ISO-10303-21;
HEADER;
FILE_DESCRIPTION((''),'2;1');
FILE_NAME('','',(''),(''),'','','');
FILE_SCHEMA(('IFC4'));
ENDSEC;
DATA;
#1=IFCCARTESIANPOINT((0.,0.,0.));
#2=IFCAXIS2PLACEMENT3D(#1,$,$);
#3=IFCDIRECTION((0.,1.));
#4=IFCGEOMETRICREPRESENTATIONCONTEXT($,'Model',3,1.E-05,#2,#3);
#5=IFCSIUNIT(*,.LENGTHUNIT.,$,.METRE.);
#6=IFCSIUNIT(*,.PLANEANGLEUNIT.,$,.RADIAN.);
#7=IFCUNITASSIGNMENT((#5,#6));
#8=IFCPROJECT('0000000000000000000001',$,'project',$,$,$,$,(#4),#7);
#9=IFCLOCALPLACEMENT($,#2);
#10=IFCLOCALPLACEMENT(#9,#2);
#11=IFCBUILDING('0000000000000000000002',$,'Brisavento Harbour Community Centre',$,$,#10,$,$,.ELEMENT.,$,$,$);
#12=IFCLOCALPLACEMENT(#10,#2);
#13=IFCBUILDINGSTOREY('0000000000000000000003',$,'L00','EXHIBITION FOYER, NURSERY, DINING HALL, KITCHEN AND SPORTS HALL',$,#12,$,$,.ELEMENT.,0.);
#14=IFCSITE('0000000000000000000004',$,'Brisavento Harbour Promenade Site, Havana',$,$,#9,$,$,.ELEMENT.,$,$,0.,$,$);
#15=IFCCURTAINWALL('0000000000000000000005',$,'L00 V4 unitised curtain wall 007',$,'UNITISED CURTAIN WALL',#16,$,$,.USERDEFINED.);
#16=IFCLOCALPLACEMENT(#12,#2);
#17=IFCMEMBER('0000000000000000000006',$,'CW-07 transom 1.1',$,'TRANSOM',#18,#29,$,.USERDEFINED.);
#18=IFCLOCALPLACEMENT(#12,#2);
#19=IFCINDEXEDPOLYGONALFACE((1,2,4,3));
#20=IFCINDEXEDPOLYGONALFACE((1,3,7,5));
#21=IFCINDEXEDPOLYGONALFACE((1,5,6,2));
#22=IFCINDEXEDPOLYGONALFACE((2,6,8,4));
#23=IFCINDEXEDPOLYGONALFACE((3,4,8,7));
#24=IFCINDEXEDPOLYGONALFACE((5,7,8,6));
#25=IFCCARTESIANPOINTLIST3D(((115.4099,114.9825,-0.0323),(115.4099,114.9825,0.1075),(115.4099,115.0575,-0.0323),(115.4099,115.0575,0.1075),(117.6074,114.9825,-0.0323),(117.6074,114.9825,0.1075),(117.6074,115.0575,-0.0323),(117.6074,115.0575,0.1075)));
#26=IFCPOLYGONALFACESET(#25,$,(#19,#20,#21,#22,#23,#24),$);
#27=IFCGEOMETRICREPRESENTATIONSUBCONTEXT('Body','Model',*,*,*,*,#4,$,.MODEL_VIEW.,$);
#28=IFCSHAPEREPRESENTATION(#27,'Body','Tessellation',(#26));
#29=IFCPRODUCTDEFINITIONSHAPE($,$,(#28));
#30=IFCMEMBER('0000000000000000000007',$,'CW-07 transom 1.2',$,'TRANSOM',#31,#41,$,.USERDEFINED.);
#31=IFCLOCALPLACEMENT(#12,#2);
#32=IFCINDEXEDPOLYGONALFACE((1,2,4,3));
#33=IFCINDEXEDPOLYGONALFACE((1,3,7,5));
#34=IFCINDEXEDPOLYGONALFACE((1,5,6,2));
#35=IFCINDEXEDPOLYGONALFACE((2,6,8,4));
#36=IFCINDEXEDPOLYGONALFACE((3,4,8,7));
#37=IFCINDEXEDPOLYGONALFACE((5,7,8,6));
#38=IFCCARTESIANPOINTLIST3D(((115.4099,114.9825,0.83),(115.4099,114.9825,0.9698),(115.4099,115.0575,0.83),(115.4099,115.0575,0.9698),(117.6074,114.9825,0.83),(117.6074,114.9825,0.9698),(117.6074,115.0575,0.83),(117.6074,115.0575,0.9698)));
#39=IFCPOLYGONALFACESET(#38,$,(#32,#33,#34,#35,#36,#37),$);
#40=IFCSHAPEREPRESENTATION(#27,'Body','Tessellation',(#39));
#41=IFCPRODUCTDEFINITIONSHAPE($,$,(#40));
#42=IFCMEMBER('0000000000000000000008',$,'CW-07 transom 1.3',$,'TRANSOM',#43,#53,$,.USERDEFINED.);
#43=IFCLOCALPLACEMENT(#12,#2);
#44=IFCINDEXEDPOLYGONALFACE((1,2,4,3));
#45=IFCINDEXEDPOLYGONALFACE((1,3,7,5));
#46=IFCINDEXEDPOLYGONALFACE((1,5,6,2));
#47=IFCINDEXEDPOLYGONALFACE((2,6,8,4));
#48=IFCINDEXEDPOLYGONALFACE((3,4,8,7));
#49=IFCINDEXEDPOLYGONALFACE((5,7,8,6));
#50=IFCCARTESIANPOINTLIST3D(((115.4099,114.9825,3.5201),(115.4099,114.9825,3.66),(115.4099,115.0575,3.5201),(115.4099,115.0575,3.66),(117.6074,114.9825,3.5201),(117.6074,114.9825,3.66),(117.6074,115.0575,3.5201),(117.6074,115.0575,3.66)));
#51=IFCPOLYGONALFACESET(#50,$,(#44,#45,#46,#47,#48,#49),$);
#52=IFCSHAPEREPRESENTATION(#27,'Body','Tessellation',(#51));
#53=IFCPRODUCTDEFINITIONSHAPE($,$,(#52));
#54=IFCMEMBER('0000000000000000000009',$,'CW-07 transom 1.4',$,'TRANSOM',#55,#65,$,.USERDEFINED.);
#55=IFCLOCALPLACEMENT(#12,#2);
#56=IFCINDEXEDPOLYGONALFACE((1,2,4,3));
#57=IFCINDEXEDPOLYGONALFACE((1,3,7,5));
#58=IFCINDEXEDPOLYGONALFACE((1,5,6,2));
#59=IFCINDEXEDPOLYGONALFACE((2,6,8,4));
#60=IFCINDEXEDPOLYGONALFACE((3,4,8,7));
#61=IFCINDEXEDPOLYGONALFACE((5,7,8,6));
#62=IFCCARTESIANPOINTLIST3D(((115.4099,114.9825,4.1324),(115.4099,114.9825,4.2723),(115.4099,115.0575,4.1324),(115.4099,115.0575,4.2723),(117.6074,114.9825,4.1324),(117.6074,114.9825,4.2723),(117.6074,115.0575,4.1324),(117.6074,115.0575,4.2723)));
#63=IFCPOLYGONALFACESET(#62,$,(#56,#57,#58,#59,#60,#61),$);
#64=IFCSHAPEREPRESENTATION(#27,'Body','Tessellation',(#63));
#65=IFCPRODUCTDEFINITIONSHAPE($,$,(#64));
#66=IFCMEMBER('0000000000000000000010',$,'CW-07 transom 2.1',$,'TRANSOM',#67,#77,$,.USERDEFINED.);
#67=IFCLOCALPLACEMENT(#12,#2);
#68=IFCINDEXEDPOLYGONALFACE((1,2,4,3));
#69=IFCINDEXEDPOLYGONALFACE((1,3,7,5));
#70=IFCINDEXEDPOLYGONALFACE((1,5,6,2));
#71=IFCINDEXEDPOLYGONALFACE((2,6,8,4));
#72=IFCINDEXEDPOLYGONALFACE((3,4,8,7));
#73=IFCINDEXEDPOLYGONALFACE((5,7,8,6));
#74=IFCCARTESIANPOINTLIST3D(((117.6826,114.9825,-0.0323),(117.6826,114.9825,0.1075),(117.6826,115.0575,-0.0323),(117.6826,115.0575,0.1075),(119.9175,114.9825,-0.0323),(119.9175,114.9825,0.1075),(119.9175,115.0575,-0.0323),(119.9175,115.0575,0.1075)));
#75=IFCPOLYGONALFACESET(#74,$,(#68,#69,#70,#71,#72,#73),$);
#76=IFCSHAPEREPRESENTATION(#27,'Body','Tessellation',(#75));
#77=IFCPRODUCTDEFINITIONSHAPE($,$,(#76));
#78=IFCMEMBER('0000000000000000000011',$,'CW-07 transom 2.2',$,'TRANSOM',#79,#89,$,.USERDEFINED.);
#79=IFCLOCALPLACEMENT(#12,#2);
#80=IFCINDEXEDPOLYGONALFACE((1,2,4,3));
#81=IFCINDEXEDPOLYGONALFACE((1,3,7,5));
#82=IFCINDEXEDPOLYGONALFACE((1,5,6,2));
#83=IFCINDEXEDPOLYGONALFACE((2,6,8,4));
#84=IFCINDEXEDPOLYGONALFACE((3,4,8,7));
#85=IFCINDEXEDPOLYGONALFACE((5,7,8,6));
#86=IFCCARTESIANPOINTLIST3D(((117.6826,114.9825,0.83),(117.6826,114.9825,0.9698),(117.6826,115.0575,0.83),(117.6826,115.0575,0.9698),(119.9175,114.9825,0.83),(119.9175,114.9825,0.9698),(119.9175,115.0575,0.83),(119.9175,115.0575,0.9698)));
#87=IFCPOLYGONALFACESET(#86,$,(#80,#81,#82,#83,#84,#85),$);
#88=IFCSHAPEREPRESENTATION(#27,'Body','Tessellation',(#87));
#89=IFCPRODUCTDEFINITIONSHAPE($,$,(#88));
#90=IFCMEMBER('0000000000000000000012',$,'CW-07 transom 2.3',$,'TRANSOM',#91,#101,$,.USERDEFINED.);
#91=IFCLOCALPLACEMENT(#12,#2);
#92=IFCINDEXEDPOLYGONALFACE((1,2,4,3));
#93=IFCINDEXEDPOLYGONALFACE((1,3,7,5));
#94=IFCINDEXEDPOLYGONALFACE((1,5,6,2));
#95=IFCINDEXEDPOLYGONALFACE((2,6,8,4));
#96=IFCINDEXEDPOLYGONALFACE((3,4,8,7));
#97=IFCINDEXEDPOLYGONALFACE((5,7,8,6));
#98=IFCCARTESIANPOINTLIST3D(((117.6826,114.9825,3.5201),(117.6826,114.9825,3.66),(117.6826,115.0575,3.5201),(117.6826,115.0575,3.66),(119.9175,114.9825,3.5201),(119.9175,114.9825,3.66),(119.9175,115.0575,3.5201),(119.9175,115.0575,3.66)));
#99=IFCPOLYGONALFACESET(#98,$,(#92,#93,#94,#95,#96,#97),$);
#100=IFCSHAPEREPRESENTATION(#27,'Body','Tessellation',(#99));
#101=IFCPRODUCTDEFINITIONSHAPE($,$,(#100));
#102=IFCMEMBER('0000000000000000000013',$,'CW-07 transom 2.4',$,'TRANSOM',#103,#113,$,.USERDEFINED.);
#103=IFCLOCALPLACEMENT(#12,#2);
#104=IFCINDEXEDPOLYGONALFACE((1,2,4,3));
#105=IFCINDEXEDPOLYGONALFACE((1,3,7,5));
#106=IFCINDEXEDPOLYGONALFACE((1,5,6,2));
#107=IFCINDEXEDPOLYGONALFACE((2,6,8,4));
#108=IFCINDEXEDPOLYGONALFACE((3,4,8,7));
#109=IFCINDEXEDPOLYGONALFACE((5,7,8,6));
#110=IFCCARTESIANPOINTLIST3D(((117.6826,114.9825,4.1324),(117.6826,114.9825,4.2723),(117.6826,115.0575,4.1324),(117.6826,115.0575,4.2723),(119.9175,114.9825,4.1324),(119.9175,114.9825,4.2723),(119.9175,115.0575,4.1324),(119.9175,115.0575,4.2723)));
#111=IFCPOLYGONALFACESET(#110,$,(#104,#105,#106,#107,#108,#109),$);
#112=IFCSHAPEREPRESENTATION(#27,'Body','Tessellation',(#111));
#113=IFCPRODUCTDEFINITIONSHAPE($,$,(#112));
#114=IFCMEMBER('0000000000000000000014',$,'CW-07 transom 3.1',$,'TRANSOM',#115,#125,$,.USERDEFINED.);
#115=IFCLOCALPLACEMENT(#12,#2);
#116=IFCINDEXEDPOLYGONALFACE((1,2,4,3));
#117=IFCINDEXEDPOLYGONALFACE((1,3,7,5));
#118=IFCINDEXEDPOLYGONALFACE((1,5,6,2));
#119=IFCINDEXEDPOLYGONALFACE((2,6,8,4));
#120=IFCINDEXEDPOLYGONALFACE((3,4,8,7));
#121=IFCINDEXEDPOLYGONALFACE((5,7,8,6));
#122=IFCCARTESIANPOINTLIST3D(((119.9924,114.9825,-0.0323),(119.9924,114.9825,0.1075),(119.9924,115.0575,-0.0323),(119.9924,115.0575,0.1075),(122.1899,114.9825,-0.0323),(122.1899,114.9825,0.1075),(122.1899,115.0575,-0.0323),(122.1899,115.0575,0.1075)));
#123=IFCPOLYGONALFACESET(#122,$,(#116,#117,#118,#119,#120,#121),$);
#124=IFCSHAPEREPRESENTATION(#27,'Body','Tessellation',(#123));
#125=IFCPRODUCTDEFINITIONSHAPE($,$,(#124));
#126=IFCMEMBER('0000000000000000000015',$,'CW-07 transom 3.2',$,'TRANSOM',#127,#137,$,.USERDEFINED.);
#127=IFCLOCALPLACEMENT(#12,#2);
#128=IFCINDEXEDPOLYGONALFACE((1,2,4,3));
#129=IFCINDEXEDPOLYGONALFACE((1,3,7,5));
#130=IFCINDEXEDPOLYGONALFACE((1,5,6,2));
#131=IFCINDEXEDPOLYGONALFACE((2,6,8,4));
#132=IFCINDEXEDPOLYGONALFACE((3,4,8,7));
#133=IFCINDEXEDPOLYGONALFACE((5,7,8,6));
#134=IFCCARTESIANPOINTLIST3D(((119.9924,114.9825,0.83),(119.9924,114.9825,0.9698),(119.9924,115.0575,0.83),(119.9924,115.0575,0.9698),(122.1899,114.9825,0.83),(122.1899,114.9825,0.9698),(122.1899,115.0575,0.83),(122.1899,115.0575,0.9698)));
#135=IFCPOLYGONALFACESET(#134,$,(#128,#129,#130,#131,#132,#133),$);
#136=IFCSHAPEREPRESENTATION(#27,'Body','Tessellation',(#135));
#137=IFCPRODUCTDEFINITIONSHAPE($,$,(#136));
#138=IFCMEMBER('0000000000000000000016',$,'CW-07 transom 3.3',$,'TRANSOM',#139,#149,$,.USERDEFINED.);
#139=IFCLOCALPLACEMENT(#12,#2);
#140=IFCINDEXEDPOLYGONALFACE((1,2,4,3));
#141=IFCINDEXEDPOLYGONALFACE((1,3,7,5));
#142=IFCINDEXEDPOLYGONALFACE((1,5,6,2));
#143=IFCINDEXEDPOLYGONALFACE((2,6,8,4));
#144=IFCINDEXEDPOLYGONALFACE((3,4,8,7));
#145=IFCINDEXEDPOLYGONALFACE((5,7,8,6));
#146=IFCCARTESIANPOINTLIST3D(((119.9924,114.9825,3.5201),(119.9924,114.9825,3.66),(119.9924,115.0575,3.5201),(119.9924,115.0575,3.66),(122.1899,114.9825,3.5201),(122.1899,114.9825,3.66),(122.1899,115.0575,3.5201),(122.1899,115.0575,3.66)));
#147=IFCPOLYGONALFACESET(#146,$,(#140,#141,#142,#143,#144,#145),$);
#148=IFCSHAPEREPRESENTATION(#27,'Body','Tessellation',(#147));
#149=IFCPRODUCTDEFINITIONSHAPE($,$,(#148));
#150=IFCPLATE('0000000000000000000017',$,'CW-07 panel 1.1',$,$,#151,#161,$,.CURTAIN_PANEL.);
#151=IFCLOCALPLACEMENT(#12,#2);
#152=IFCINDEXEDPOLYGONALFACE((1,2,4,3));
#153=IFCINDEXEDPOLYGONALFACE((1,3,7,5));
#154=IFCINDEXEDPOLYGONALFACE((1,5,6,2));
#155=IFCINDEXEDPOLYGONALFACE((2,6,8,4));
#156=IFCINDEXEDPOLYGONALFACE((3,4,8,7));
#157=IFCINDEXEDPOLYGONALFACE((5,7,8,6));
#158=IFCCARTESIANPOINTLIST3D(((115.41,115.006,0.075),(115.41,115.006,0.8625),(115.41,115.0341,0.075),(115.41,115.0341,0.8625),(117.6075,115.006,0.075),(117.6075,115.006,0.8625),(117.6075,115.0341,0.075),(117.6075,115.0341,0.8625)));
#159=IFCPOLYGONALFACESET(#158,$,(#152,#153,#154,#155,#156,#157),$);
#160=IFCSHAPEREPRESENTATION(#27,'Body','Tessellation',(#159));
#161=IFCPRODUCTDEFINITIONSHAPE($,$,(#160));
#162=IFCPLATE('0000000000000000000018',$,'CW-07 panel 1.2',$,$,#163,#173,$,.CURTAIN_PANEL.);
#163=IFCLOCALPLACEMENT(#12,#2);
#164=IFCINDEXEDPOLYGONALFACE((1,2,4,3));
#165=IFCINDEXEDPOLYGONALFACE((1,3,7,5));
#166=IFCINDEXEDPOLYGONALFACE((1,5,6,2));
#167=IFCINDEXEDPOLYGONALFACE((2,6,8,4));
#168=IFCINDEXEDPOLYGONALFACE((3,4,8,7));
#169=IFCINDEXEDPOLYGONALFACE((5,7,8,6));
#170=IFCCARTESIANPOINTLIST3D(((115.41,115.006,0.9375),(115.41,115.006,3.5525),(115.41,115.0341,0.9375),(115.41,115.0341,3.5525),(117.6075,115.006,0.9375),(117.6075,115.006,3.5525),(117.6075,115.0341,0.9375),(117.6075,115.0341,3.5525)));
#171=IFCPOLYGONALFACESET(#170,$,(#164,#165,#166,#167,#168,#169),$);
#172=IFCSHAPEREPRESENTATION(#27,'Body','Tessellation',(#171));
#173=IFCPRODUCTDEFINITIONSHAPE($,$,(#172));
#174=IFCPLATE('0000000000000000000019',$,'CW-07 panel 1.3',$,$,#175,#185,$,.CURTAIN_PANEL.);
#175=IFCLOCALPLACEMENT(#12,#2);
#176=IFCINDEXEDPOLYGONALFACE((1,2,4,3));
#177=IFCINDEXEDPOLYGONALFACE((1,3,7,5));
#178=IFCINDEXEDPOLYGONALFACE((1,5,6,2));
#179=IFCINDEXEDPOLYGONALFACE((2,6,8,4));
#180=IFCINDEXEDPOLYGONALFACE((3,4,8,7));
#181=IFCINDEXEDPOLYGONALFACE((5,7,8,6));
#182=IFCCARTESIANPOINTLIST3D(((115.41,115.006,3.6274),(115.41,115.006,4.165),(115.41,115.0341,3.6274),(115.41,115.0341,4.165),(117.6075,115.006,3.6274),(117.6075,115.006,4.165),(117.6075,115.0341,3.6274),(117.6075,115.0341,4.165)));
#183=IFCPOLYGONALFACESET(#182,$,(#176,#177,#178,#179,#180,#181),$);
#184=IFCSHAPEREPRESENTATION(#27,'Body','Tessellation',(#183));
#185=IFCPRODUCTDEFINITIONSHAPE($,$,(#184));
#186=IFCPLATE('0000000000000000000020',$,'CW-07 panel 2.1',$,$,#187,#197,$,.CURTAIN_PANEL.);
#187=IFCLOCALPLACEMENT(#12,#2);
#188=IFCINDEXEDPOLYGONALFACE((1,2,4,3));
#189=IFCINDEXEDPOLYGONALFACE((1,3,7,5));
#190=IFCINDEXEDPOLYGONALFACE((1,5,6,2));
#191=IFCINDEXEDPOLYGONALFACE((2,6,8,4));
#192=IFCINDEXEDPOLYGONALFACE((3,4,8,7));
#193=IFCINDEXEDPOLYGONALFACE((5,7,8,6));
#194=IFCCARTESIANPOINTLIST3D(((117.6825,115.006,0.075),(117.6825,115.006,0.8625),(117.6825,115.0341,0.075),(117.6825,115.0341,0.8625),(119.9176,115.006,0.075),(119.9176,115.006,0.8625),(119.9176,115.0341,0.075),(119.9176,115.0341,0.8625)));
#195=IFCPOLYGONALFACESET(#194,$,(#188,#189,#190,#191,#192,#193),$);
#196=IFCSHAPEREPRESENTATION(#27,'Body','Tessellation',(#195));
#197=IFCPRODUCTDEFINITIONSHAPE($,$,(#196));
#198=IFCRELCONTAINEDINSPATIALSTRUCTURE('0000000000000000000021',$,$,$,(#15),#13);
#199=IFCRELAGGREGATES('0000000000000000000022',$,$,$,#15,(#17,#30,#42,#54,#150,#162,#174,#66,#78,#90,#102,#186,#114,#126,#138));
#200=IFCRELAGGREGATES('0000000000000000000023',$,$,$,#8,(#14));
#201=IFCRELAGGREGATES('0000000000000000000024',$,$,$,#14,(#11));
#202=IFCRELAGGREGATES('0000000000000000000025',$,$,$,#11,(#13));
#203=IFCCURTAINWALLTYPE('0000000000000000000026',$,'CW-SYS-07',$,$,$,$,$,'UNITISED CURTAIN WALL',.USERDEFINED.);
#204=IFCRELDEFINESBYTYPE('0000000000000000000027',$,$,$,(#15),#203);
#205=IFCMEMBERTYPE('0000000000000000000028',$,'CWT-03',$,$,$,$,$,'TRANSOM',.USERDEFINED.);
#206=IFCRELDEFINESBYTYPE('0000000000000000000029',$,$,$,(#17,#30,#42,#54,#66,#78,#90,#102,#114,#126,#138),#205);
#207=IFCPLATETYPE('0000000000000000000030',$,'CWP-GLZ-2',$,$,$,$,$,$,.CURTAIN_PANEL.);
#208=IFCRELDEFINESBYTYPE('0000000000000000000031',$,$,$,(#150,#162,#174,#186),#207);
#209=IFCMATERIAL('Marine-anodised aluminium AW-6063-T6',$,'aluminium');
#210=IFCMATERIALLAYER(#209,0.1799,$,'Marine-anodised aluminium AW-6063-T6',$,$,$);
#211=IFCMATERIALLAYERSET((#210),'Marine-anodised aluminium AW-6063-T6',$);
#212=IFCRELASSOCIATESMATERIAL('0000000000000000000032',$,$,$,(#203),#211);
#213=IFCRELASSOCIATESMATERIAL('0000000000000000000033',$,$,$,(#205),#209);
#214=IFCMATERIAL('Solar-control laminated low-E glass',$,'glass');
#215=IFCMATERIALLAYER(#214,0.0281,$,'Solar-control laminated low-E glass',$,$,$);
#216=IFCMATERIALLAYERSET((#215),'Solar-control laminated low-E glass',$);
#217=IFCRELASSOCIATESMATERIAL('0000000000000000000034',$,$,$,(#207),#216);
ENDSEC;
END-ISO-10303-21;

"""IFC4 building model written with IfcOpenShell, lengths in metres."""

from ifc_helpers import new_model, si_unit, direction, frame, origin, origin_2d, place, context, subcontext, project, spatial, rectangle, extrude, material, layer, layer_set, material_profile, profile_set, type_object, element, aggregate, save


model = new_model("IFC4")

# Units and contexts
model_context = context("Model", 3, precision=1e-05, world=origin(), true_north=direction((0.0, 1.0)))
body_context = subcontext(model_context, "Body", "Model", "MODEL_VIEW")
ifc_project = project(units=[si_unit("LENGTHUNIT", "METRE"), si_unit("PLANEANGLEUNIT", "RADIAN")], contexts=[model_context])

# Site, building, storey
site_placement = place(None, origin())
site = spatial("IfcSite", under=ifc_project, at=site_placement, Name="Brisavento Harbour Promenade Site, Havana", CompositionType="ELEMENT", RefElevation=0.0)
building_placement = place(site_placement, origin())
building = spatial("IfcBuilding", under=site, at=building_placement, Name="Brisavento Harbour Community Centre", CompositionType="ELEMENT")
storey_placement = place(building_placement, origin())
storey = spatial("IfcBuildingStorey", under=building, at=storey_placement, Name="L00", Description="EXHIBITION FOYER, NURSERY, DINING HALL, KITCHEN AND SPORTS HALL", CompositionType="ELEMENT", Elevation=0.0)

# Curtain wall, members, plates
ifc_material_1 = material(Name="Marine-anodised aluminium AW-6063-T6", Category="aluminium")
ifc_layer_1 = layer(ifc_material_1, 0.1799, Name="Marine-anodised aluminium AW-6063-T6")
ifc_layer_set_1 = layer_set([ifc_layer_1], Name="Marine-anodised aluminium AW-6063-T6")
curtain_wall_type = type_object("IfcCurtainWallType", Name="CW-SYS-07", ElementType="UNITISED CURTAIN WALL", PredefinedType="USERDEFINED", material=ifc_layer_set_1)
curtain_wall_placement = place(storey_placement, origin())
curtain_wall = element("IfcCurtainWall", 1, at=curtain_wall_placement, inside=storey, type_object=curtain_wall_type, Name="L00 V4 unitised curtain wall 007", ObjectType="UNITISED CURTAIN WALL", PredefinedType="USERDEFINED")
ifc_material_profile_1 = material_profile(ifc_material_1, rectangle(XDim=0.075, YDim=0.1399, at=origin_2d()), Name="Marine-anodised aluminium AW-6063-T6")
ifc_profile_set_1 = profile_set([ifc_material_profile_1], Name="Marine-anodised aluminium AW-6063-T6")
member_type_1 = type_object("IfcMemberType", Name="CWT-03", ElementType="TRANSOM", PredefinedType="USERDEFINED", material=ifc_profile_set_1)
member_1_placement = place(storey_placement, frame((115.4099, 115.02, 0.0376), z_axis=(1.0, 0.0, 0.0), x_axis=(0.0, 1.0, 0.0)))
member_1 = element("IfcMember", 2, at=member_1_placement, type_object=member_type_1, Name="CW-07 transom 1.1", ObjectType="TRANSOM", PredefinedType="USERDEFINED", context=body_context, shape_type="SweptSolid", body=[
    extrude(rectangle(XDim=0.075, YDim=0.1399, at=origin_2d()), origin(), (0.0, 0.0, 1.0), 2.1975),
])
member_2_placement = place(storey_placement, frame((115.4099, 115.02, 0.8999), z_axis=(1.0, 0.0, 0.0), x_axis=(0.0, 1.0, 0.0)))
member_2 = element("IfcMember", 3, at=member_2_placement, type_object=member_type_1, Name="CW-07 transom 1.2", ObjectType="TRANSOM", PredefinedType="USERDEFINED", context=body_context, shape_type="SweptSolid", body=[
    extrude(rectangle(XDim=0.075, YDim=0.1399, at=origin_2d()), origin(), (0.0, 0.0, 1.0), 2.1975),
])
member_3_placement = place(storey_placement, frame((115.4099, 115.02, 3.5901), z_axis=(1.0, 0.0, 0.0), x_axis=(0.0, 1.0, 0.0)))
member_3 = element("IfcMember", 4, at=member_3_placement, type_object=member_type_1, Name="CW-07 transom 1.3", ObjectType="TRANSOM", PredefinedType="USERDEFINED", context=body_context, shape_type="SweptSolid", body=[
    extrude(rectangle(XDim=0.075, YDim=0.1399, at=origin_2d()), origin(), (0.0, 0.0, 1.0), 2.1975),
])
member_4_placement = place(storey_placement, frame((115.4099, 115.02, 4.2024), z_axis=(1.0, 0.0, 0.0), x_axis=(0.0, 1.0, 0.0)))
member_4 = element("IfcMember", 5, at=member_4_placement, type_object=member_type_1, Name="CW-07 transom 1.4", ObjectType="TRANSOM", PredefinedType="USERDEFINED", context=body_context, shape_type="SweptSolid", body=[
    extrude(rectangle(XDim=0.075, YDim=0.1399, at=origin_2d()), origin(), (0.0, 0.0, 1.0), 2.1975),
])
member_5_placement = place(storey_placement, frame((117.6826, 115.02, 0.0376), z_axis=(1.0, 0.0, 0.0), x_axis=(0.0, 1.0, 0.0)))
member_5 = element("IfcMember", 6, at=member_5_placement, type_object=member_type_1, Name="CW-07 transom 2.1", ObjectType="TRANSOM", PredefinedType="USERDEFINED", context=body_context, shape_type="SweptSolid", body=[
    extrude(rectangle(XDim=0.075, YDim=0.1399, at=origin_2d()), origin(), (0.0, 0.0, 1.0), 2.2349),
])
member_6_placement = place(storey_placement, frame((117.6826, 115.02, 0.8999), z_axis=(1.0, 0.0, 0.0), x_axis=(0.0, 1.0, 0.0)))
member_6 = element("IfcMember", 7, at=member_6_placement, type_object=member_type_1, Name="CW-07 transom 2.2", ObjectType="TRANSOM", PredefinedType="USERDEFINED", context=body_context, shape_type="SweptSolid", body=[
    extrude(rectangle(XDim=0.075, YDim=0.1399, at=origin_2d()), origin(), (0.0, 0.0, 1.0), 2.2349),
])
member_7_placement = place(storey_placement, frame((117.6826, 115.02, 3.5901), z_axis=(1.0, 0.0, 0.0), x_axis=(0.0, 1.0, 0.0)))
member_7 = element("IfcMember", 8, at=member_7_placement, type_object=member_type_1, Name="CW-07 transom 2.3", ObjectType="TRANSOM", PredefinedType="USERDEFINED", context=body_context, shape_type="SweptSolid", body=[
    extrude(rectangle(XDim=0.075, YDim=0.1399, at=origin_2d()), origin(), (0.0, 0.0, 1.0), 2.2349),
])
member_8_placement = place(storey_placement, frame((117.6826, 115.02, 4.2024), z_axis=(1.0, 0.0, 0.0), x_axis=(0.0, 1.0, 0.0)))
member_8 = element("IfcMember", 9, at=member_8_placement, type_object=member_type_1, Name="CW-07 transom 2.4", ObjectType="TRANSOM", PredefinedType="USERDEFINED", context=body_context, shape_type="SweptSolid", body=[
    extrude(rectangle(XDim=0.075, YDim=0.1399, at=origin_2d()), origin(), (0.0, 0.0, 1.0), 2.2349),
])
member_9_placement = place(storey_placement, frame((119.9924, 115.02, 0.0376), z_axis=(1.0, 0.0, 0.0), x_axis=(0.0, 1.0, 0.0)))
member_9 = element("IfcMember", 10, at=member_9_placement, type_object=member_type_1, Name="CW-07 transom 3.1", ObjectType="TRANSOM", PredefinedType="USERDEFINED", context=body_context, shape_type="SweptSolid", body=[
    extrude(rectangle(XDim=0.075, YDim=0.1399, at=origin_2d()), origin(), (0.0, 0.0, 1.0), 2.1975),
])
member_10_placement = place(storey_placement, frame((119.9924, 115.02, 0.8999), z_axis=(1.0, 0.0, 0.0), x_axis=(0.0, 1.0, 0.0)))
member_10 = element("IfcMember", 11, at=member_10_placement, type_object=member_type_1, Name="CW-07 transom 3.2", ObjectType="TRANSOM", PredefinedType="USERDEFINED", context=body_context, shape_type="SweptSolid", body=[
    extrude(rectangle(XDim=0.075, YDim=0.1399, at=origin_2d()), origin(), (0.0, 0.0, 1.0), 2.1975),
])
member_11_placement = place(storey_placement, frame((119.9924, 115.02, 3.5901), z_axis=(1.0, 0.0, 0.0), x_axis=(0.0, 1.0, 0.0)))
member_11 = element("IfcMember", 12, at=member_11_placement, type_object=member_type_1, Name="CW-07 transom 3.3", ObjectType="TRANSOM", PredefinedType="USERDEFINED", context=body_context, shape_type="SweptSolid", body=[
    extrude(rectangle(XDim=0.075, YDim=0.1399, at=origin_2d()), origin(), (0.0, 0.0, 1.0), 2.1975),
])
ifc_material_2 = material(Name="Solar-control laminated low-E glass", Category="glass")
ifc_layer_2 = layer(ifc_material_2, 0.0281, Name="Solar-control laminated low-E glass")
ifc_layer_set_2 = layer_set([ifc_layer_2], Name="Solar-control laminated low-E glass")
plate_type = type_object("IfcPlateType", Name="CWP-GLZ-2", PredefinedType="CURTAIN_PANEL", material=ifc_layer_set_2)
plate_1_placement = place(storey_placement, frame((116.5088, 115.02, 0.075), z_axis=(0.0, 0.0, 1.0), x_axis=(1.0, 0.0, 0.0)))
plate_1 = element("IfcPlate", 13, at=plate_1_placement, type_object=plate_type, Name="CW-07 panel 1.1", PredefinedType="CURTAIN_PANEL", context=body_context, shape_type="SweptSolid", body=[
    extrude(rectangle(XDim=2.1975, YDim=0.0281, at=origin_2d()), origin(), (0.0, 0.0, 1.0), 0.7876),
])
plate_2_placement = place(storey_placement, frame((116.5088, 115.02, 0.9375), z_axis=(0.0, 0.0, 1.0), x_axis=(1.0, 0.0, 0.0)))
plate_2 = element("IfcPlate", 14, at=plate_2_placement, type_object=plate_type, Name="CW-07 panel 1.2", PredefinedType="CURTAIN_PANEL", context=body_context, shape_type="SweptSolid", body=[
    extrude(rectangle(XDim=2.1975, YDim=0.0281, at=origin_2d()), origin(), (0.0, 0.0, 1.0), 2.615),
])
plate_3_placement = place(storey_placement, frame((116.5088, 115.02, 3.6274), z_axis=(0.0, 0.0, 1.0), x_axis=(1.0, 0.0, 0.0)))
plate_3 = element("IfcPlate", 15, at=plate_3_placement, type_object=plate_type, Name="CW-07 panel 1.3", PredefinedType="CURTAIN_PANEL", context=body_context, shape_type="SweptSolid", body=[
    extrude(rectangle(XDim=2.1975, YDim=0.0281, at=origin_2d()), origin(), (0.0, 0.0, 1.0), 0.5376),
])
plate_4_placement = place(storey_placement, frame((118.8, 115.02, 0.075), z_axis=(0.0, 0.0, 1.0), x_axis=(1.0, 0.0, 0.0)))
plate_4 = element("IfcPlate", 16, at=plate_4_placement, type_object=plate_type, Name="CW-07 panel 2.1", PredefinedType="CURTAIN_PANEL", context=body_context, shape_type="SweptSolid", body=[
    extrude(rectangle(XDim=2.2351, YDim=0.0281, at=origin_2d()), origin(), (0.0, 0.0, 1.0), 0.7876),
])
aggregate(curtain_wall, [member_1, member_2, member_3, member_4, plate_1, plate_2, plate_3, member_5, member_6, member_7, member_8, plate_4, member_9, member_10, member_11])

save(model, "model.ifc")
